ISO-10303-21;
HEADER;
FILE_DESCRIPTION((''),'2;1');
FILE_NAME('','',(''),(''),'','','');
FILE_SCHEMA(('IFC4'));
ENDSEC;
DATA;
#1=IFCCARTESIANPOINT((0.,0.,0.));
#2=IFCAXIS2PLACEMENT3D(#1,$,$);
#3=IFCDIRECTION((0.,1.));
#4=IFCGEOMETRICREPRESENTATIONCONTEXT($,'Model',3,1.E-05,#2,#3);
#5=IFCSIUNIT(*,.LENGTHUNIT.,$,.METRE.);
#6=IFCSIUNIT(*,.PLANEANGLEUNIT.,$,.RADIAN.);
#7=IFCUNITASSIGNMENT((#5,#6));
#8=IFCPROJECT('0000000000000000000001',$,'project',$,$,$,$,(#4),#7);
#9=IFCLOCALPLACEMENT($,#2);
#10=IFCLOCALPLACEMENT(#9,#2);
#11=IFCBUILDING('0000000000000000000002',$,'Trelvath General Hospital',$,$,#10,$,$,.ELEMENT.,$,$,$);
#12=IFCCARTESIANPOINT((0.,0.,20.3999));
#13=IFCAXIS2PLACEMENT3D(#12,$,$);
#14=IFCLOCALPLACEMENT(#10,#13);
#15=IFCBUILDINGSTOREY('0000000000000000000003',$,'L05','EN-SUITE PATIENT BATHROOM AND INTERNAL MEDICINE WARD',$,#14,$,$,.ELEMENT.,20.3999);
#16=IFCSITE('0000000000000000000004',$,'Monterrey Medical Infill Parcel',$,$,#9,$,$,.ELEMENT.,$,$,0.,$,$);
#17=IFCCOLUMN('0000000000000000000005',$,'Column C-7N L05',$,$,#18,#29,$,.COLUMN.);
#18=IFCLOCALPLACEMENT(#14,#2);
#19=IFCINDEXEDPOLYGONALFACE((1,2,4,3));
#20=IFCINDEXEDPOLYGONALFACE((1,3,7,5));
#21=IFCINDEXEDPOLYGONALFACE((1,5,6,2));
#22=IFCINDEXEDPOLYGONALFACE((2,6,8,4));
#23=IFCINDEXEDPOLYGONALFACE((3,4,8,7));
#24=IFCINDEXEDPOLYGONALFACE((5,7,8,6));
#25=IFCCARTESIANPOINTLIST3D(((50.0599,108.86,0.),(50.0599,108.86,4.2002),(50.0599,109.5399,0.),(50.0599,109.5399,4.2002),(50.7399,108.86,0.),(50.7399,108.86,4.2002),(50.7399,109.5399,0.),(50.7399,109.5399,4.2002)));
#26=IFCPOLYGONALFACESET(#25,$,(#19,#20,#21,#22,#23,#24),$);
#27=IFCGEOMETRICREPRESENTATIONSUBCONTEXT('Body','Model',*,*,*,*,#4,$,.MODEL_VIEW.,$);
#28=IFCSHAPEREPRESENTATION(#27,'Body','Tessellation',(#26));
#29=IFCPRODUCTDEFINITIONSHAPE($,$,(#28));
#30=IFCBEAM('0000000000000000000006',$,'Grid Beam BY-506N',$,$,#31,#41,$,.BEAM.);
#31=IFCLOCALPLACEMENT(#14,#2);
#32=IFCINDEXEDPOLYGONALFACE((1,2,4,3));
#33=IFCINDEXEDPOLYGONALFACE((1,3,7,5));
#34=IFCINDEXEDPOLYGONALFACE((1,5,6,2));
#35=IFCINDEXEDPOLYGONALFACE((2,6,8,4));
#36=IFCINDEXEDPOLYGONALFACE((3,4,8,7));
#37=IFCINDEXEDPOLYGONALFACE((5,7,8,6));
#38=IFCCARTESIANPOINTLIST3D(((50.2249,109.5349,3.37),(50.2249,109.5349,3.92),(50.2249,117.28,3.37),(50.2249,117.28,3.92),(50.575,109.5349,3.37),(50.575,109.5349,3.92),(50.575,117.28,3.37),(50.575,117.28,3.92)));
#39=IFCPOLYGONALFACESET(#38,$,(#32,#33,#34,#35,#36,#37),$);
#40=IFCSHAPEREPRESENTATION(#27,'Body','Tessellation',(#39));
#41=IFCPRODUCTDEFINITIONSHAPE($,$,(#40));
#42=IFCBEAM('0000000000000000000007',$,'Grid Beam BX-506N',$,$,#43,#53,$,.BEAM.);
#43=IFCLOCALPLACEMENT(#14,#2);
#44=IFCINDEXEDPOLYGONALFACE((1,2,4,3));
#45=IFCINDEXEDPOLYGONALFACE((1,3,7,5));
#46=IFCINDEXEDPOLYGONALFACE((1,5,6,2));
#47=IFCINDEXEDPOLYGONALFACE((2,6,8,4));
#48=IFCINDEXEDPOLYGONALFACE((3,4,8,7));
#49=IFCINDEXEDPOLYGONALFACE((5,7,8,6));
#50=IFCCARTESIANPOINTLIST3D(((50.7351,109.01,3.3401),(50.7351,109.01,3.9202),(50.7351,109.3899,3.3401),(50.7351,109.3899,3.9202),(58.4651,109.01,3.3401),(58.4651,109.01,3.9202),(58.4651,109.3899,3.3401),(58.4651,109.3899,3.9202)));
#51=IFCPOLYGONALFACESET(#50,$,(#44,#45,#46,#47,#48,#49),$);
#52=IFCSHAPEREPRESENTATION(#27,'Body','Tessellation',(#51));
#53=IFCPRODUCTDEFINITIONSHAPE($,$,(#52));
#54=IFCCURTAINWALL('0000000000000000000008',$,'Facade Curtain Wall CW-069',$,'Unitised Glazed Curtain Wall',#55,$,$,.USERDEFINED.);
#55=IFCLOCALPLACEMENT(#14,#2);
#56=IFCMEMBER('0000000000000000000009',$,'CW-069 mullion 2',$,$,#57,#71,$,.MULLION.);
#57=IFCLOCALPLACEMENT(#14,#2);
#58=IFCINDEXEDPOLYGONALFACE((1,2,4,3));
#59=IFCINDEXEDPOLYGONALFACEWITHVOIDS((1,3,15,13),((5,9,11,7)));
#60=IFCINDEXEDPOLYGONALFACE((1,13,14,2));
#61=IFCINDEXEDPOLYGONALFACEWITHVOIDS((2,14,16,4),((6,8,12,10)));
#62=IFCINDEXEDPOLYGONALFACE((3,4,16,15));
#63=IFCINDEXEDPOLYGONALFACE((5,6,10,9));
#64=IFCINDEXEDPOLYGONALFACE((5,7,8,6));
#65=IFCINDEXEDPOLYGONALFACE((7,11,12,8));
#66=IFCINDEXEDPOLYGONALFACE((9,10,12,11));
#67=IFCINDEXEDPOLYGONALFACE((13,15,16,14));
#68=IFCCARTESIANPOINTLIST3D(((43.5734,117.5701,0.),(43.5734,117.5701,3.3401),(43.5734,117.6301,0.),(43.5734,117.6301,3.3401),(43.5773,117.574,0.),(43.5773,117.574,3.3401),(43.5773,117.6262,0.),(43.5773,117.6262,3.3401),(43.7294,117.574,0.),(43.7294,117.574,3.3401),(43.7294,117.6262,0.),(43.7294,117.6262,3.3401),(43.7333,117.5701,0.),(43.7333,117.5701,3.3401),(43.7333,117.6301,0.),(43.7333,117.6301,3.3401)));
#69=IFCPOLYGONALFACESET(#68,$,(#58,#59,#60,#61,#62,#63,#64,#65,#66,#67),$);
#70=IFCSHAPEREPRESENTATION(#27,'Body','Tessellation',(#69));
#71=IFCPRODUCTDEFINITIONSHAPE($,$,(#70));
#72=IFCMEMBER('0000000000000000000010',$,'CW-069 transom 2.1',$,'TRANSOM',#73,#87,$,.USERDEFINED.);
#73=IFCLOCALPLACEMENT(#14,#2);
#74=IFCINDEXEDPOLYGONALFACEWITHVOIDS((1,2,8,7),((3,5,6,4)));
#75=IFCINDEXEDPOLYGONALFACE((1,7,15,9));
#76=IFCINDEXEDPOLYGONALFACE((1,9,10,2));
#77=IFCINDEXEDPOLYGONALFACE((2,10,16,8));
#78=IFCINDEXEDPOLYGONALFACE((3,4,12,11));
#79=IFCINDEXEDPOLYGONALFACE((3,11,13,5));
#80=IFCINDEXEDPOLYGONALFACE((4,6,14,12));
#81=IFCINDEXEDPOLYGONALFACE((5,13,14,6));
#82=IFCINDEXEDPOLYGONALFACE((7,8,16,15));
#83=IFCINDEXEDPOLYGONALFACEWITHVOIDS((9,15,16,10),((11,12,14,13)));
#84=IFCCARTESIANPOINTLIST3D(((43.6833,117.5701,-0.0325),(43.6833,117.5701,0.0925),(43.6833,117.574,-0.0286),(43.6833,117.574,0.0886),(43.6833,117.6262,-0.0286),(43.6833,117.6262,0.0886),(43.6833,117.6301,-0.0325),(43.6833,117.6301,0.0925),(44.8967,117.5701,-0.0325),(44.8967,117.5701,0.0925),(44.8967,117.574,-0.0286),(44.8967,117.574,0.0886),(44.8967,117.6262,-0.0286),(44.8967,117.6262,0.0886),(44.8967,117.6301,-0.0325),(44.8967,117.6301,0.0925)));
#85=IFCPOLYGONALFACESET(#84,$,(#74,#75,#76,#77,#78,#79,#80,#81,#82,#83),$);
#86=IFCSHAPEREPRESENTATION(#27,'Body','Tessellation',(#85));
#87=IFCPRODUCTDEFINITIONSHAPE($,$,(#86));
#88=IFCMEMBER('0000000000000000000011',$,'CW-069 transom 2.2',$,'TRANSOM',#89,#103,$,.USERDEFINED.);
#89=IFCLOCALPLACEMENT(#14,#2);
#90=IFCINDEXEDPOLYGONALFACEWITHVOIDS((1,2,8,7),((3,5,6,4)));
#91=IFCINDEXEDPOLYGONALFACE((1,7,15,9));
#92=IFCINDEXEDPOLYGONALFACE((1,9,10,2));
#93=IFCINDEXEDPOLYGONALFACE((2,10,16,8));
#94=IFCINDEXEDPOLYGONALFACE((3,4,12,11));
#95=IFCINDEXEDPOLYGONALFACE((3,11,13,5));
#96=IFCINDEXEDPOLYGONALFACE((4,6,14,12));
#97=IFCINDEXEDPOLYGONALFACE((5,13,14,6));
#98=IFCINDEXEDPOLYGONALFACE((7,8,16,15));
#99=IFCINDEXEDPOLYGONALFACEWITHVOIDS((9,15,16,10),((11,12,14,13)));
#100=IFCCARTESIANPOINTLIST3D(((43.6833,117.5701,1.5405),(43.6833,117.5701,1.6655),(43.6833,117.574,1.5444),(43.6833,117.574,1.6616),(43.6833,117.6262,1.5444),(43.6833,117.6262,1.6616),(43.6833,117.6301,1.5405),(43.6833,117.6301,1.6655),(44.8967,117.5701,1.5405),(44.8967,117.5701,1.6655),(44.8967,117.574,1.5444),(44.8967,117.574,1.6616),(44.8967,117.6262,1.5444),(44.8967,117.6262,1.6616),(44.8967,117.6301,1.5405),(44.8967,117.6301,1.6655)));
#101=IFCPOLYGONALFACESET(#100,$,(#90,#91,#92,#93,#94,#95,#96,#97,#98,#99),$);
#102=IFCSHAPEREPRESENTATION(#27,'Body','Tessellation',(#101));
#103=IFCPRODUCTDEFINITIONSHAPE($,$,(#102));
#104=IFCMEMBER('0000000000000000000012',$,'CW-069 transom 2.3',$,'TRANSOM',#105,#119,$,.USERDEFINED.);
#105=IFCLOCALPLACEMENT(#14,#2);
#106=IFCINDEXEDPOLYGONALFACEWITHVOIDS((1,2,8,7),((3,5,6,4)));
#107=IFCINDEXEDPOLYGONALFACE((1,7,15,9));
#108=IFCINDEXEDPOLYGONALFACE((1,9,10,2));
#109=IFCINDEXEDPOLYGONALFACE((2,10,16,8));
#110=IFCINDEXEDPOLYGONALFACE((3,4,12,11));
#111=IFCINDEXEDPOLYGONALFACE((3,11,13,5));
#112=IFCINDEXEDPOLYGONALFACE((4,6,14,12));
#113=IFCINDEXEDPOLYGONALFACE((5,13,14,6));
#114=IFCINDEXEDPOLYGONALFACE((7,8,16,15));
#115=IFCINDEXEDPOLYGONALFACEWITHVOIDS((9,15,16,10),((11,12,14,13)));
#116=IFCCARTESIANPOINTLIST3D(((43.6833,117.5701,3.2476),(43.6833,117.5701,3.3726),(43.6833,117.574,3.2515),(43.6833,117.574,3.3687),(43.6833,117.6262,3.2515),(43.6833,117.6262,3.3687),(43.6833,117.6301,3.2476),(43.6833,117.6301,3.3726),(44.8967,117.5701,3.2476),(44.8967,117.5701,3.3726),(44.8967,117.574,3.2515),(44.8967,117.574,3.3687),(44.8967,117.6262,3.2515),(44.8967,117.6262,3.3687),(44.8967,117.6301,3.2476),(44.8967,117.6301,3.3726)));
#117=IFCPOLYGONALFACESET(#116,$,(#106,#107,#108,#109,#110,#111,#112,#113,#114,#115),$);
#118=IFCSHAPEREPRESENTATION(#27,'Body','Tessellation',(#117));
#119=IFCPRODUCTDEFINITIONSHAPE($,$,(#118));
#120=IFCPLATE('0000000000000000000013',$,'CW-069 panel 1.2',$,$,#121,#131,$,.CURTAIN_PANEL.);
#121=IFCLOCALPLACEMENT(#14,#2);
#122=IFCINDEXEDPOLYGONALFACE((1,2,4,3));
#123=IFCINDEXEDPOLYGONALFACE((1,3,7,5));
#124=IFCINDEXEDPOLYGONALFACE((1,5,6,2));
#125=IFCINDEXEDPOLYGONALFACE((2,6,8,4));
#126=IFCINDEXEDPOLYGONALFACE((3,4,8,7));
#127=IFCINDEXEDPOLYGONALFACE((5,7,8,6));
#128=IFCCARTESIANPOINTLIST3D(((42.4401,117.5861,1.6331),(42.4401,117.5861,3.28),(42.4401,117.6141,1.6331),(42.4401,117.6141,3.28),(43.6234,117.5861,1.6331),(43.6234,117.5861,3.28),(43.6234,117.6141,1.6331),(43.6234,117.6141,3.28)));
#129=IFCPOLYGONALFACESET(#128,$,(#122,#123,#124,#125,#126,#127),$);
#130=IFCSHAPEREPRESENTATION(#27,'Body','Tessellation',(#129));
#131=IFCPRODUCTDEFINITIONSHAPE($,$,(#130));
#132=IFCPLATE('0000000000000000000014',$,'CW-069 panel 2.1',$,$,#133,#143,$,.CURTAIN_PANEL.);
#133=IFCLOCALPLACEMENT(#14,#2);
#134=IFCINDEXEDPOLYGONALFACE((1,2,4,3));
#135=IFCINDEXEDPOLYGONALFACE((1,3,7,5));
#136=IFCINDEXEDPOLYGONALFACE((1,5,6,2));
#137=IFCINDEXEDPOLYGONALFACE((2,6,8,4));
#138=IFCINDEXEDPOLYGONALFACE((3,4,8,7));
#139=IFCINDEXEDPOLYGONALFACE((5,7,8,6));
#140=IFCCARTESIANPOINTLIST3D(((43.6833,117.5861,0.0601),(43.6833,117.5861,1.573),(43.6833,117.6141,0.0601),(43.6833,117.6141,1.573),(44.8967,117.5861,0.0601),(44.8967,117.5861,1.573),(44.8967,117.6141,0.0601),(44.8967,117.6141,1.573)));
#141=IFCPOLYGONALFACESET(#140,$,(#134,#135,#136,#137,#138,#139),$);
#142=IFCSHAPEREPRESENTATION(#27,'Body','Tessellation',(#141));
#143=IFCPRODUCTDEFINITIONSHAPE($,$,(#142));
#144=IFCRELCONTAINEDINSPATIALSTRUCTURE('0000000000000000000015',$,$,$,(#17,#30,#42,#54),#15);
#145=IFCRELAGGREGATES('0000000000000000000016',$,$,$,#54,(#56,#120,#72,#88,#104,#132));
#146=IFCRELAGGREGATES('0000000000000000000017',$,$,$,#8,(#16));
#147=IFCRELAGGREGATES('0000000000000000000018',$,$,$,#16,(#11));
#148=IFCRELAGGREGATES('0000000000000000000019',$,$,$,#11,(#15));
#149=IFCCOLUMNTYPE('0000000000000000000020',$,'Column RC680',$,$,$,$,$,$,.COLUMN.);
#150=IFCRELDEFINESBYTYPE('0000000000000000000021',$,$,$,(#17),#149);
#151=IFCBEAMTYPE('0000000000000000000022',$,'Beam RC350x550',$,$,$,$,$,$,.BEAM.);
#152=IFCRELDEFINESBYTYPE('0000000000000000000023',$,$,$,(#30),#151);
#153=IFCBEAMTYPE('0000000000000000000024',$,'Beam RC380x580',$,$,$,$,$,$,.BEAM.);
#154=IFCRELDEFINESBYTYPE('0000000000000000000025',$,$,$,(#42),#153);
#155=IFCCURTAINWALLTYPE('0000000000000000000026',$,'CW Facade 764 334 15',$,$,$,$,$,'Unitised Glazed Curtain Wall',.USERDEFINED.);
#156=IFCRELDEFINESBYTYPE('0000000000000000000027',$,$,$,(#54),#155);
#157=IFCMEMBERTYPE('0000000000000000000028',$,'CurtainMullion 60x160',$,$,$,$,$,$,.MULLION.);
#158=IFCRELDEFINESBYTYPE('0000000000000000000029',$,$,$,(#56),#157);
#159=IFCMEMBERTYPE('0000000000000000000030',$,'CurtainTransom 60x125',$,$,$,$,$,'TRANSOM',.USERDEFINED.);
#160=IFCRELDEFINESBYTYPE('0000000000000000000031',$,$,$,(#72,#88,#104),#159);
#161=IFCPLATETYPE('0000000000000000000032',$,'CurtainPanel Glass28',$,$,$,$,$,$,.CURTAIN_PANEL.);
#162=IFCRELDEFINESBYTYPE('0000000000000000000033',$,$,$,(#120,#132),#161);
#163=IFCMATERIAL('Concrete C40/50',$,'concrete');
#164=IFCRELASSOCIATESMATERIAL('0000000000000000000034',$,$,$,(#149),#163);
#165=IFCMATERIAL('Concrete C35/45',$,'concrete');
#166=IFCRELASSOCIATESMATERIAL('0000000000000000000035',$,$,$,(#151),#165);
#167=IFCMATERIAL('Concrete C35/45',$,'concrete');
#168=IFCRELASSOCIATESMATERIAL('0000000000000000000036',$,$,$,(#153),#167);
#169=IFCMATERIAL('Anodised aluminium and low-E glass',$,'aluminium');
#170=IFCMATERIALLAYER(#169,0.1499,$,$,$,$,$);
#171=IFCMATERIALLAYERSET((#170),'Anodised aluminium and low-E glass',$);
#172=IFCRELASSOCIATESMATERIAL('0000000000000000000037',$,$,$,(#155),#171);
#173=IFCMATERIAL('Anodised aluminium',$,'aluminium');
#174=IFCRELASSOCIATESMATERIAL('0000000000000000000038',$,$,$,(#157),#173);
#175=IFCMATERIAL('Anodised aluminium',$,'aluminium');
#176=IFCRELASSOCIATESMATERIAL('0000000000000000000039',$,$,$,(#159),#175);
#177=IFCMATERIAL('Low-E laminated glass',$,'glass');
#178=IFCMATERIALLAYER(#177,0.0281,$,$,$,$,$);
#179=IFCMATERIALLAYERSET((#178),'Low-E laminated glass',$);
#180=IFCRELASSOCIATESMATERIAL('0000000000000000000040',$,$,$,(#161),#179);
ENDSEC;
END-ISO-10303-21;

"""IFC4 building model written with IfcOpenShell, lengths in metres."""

from ifc_helpers import new_model, si_unit, direction, frame, origin, origin_2d, place, context, subcontext, project, spatial, rectangle, hollow_rectangle, extrude, material, layer, layer_set, material_profile, profile_set, type_object, element, aggregate, save


model = new_model("IFC4")

# Units and contexts
model_context = context("Model", 3, precision=1e-05, world=origin(), true_north=direction((0.0, 1.0)))
body_context = subcontext(model_context, "Body", "Model", "MODEL_VIEW")
ifc_project = project(units=[si_unit("LENGTHUNIT", "METRE"), si_unit("PLANEANGLEUNIT", "RADIAN")], contexts=[model_context])

# Site, building, storey
site_placement = place(None, origin())
site = spatial("IfcSite", under=ifc_project, at=site_placement, Name="Monterrey Medical Infill Parcel", CompositionType="ELEMENT", RefElevation=0.0)
building_placement = place(site_placement, origin())
building = spatial("IfcBuilding", under=site, at=building_placement, Name="Trelvath General Hospital", CompositionType="ELEMENT")
storey_placement = place(building_placement, frame((0.0, 0.0, 20.3999)))
storey = spatial("IfcBuildingStorey", under=building, at=storey_placement, Name="L05", Description="EN-SUITE PATIENT BATHROOM AND INTERNAL MEDICINE WARD", CompositionType="ELEMENT", Elevation=20.3999)

# Column
ifc_material_1 = material(Name="Concrete C40/50", Category="concrete")
ifc_material_profile_1 = material_profile(ifc_material_1, rectangle(XDim=0.6799, YDim=0.6799, at=origin_2d()), Name="RC680x680")
ifc_profile_set_1 = profile_set([ifc_material_profile_1], Name="Concrete C40/50")
column_type = type_object("IfcColumnType", Name="Column RC680", PredefinedType="COLUMN", material=ifc_profile_set_1)
column_placement = place(storey_placement, frame((50.3999, 109.2, 0.0), z_axis=(0.0, 0.0, 1.0), x_axis=(1.0, 0.0, 0.0)))
element("IfcColumn", 1, at=column_placement, inside=storey, type_object=column_type, Name="Column C-7N L05", PredefinedType="COLUMN", context=body_context, shape_type="SweptSolid", body=[
    extrude(rectangle(XDim=0.6799, YDim=0.6799, at=origin_2d()), origin(), (0.0, 0.0, 1.0), 4.2002),
])

# Beams
ifc_material_2 = material(Name="Concrete C35/45", Category="concrete")
ifc_material_profile_2 = material_profile(ifc_material_2, rectangle(XDim=0.3501, YDim=0.55, at=origin_2d()), Name="RCB350x550")
ifc_profile_set_2 = profile_set([ifc_material_profile_2], Name="Concrete C35/45")
beam_type_1 = type_object("IfcBeamType", Name="Beam RC350x550", PredefinedType="BEAM", material=ifc_profile_set_2)
beam_1_placement = place(storey_placement, frame((50.3999, 109.5349, 3.645), z_axis=(0.0, 1.0, 0.0), x_axis=(-1.0, 0.0, 0.0)))
element("IfcBeam", 2, at=beam_1_placement, inside=storey, type_object=beam_type_1, Name="Grid Beam BY-506N", PredefinedType="BEAM", context=body_context, shape_type="SweptSolid", body=[
    extrude(rectangle(XDim=0.3501, YDim=0.55, at=origin_2d()), origin(), (0.0, 0.0, 1.0), 7.7451),
])
ifc_material_3 = material(Name="Concrete C35/45", Category="concrete")
ifc_material_profile_3 = material_profile(ifc_material_3, rectangle(XDim=0.3799, YDim=0.5801, at=origin_2d()), Name="RCB380x580")
ifc_profile_set_3 = profile_set([ifc_material_profile_3], Name="Concrete C35/45")
beam_type_2 = type_object("IfcBeamType", Name="Beam RC380x580", PredefinedType="BEAM", material=ifc_profile_set_3)
beam_2_placement = place(storey_placement, frame((50.7351, 109.2, 3.6301), z_axis=(1.0, 0.0, 0.0), x_axis=(0.0, 1.0, 0.0)))
element("IfcBeam", 3, at=beam_2_placement, inside=storey, type_object=beam_type_2, Name="Grid Beam BX-506N", PredefinedType="BEAM", context=body_context, shape_type="SweptSolid", body=[
    extrude(rectangle(XDim=0.3799, YDim=0.5801, at=origin_2d()), origin(), (0.0, 0.0, 1.0), 7.73),
])

# Curtain wall, members, plates
ifc_material_4 = material(Name="Anodised aluminium and low-E glass", Category="aluminium")
ifc_layer_1 = layer(ifc_material_4, 0.1499)
ifc_layer_set_1 = layer_set([ifc_layer_1], Name="Anodised aluminium and low-E glass")
curtain_wall_type = type_object("IfcCurtainWallType", Name="CW Facade 764 334 15", ElementType="Unitised Glazed Curtain Wall", PredefinedType="USERDEFINED", material=ifc_layer_set_1)
curtain_wall_placement = place(storey_placement, origin())
curtain_wall = element("IfcCurtainWall", 4, at=curtain_wall_placement, inside=storey, type_object=curtain_wall_type, Name="Facade Curtain Wall CW-069", ObjectType="Unitised Glazed Curtain Wall", PredefinedType="USERDEFINED")
ifc_material_5 = material(Name="Anodised aluminium", Category="aluminium")
ifc_material_profile_4 = material_profile(ifc_material_5, hollow_rectangle(XDim=0.0601, YDim=0.1599, WallThickness=0.0039, at=origin_2d()), Name="RHS60x160x4")
ifc_profile_set_4 = profile_set([ifc_material_profile_4], Name="Anodised aluminium")
member_type_1 = type_object("IfcMemberType", Name="CurtainMullion 60x160", PredefinedType="MULLION", material=ifc_profile_set_4)
member_1_placement = place(storey_placement, frame((43.6533, 117.6001, 0.0), z_axis=(0.0, 0.0, 1.0), x_axis=(0.0, 1.0, 0.0)))
member_1 = element("IfcMember", 5, at=member_1_placement, type_object=member_type_1, Name="CW-069 mullion 2", PredefinedType="MULLION", context=body_context, shape_type="SweptSolid", body=[
    extrude(hollow_rectangle(XDim=0.0601, YDim=0.1599, WallThickness=0.0039, at=origin_2d()), origin(), (0.0, 0.0, 1.0), 3.3401),
])
ifc_material_6 = material(Name="Anodised aluminium", Category="aluminium")
ifc_material_profile_5 = material_profile(ifc_material_6, hollow_rectangle(XDim=0.0601, YDim=0.125, WallThickness=0.0039, at=origin_2d()), Name="RHS60x125x4")
ifc_profile_set_5 = profile_set([ifc_material_profile_5], Name="Anodised aluminium")
member_type_2 = type_object("IfcMemberType", Name="CurtainTransom 60x125", ElementType="TRANSOM", PredefinedType="USERDEFINED", material=ifc_profile_set_5)
member_2_placement = place(storey_placement, frame((43.6833, 117.6001, 0.03), z_axis=(1.0, 0.0, 0.0), x_axis=(0.0, 1.0, 0.0)))
member_2 = element("IfcMember", 6, at=member_2_placement, type_object=member_type_2, Name="CW-069 transom 2.1", ObjectType="TRANSOM", PredefinedType="USERDEFINED", context=body_context, shape_type="SweptSolid", body=[
    extrude(hollow_rectangle(XDim=0.0601, YDim=0.125, WallThickness=0.0039, at=origin_2d()), origin(), (0.0, 0.0, 1.0), 1.2134),
])
member_3_placement = place(storey_placement, frame((43.6833, 117.6001, 1.603), z_axis=(1.0, 0.0, 0.0), x_axis=(0.0, 1.0, 0.0)))
member_3 = element("IfcMember", 7, at=member_3_placement, type_object=member_type_2, Name="CW-069 transom 2.2", ObjectType="TRANSOM", PredefinedType="USERDEFINED", context=body_context, shape_type="SweptSolid", body=[
    extrude(hollow_rectangle(XDim=0.0601, YDim=0.125, WallThickness=0.0039, at=origin_2d()), origin(), (0.0, 0.0, 1.0), 1.2134),
])
member_4_placement = place(storey_placement, frame((43.6833, 117.6001, 3.3101), z_axis=(1.0, 0.0, 0.0), x_axis=(0.0, 1.0, 0.0)))
member_4 = element("IfcMember", 8, at=member_4_placement, type_object=member_type_2, Name="CW-069 transom 2.3", ObjectType="TRANSOM", PredefinedType="USERDEFINED", context=body_context, shape_type="SweptSolid", body=[
    extrude(hollow_rectangle(XDim=0.0601, YDim=0.125, WallThickness=0.0039, at=origin_2d()), origin(), (0.0, 0.0, 1.0), 1.2134),
])
ifc_material_7 = material(Name="Low-E laminated glass", Category="glass")
ifc_layer_2 = layer(ifc_material_7, 0.0281)
ifc_layer_set_2 = layer_set([ifc_layer_2], Name="Low-E laminated glass")
plate_type = type_object("IfcPlateType", Name="CurtainPanel Glass28", PredefinedType="CURTAIN_PANEL", material=ifc_layer_set_2)
plate_1_placement = place(storey_placement, frame((43.0317, 117.6001, 1.6331), z_axis=(0.0, 0.0, 1.0), x_axis=(1.0, 0.0, 0.0)))
plate_1 = element("IfcPlate", 9, at=plate_1_placement, type_object=plate_type, Name="CW-069 panel 1.2", PredefinedType="CURTAIN_PANEL", context=body_context, shape_type="SweptSolid", body=[
    extrude(rectangle(XDim=1.1833, YDim=0.0281, at=origin_2d()), origin(), (0.0, 0.0, 1.0), 1.647),
])
plate_2_placement = place(storey_placement, frame((44.29, 117.6001, 0.0601), z_axis=(0.0, 0.0, 1.0), x_axis=(1.0, 0.0, 0.0)))
plate_2 = element("IfcPlate", 10, at=plate_2_placement, type_object=plate_type, Name="CW-069 panel 2.1", PredefinedType="CURTAIN_PANEL", context=body_context, shape_type="SweptSolid", body=[
    extrude(rectangle(XDim=1.2134, YDim=0.0281, at=origin_2d()), origin(), (0.0, 0.0, 1.0), 1.5129),
])
aggregate(curtain_wall, [member_1, plate_1, member_2, member_3, member_4, plate_2])

save(model, "model.ifc")
